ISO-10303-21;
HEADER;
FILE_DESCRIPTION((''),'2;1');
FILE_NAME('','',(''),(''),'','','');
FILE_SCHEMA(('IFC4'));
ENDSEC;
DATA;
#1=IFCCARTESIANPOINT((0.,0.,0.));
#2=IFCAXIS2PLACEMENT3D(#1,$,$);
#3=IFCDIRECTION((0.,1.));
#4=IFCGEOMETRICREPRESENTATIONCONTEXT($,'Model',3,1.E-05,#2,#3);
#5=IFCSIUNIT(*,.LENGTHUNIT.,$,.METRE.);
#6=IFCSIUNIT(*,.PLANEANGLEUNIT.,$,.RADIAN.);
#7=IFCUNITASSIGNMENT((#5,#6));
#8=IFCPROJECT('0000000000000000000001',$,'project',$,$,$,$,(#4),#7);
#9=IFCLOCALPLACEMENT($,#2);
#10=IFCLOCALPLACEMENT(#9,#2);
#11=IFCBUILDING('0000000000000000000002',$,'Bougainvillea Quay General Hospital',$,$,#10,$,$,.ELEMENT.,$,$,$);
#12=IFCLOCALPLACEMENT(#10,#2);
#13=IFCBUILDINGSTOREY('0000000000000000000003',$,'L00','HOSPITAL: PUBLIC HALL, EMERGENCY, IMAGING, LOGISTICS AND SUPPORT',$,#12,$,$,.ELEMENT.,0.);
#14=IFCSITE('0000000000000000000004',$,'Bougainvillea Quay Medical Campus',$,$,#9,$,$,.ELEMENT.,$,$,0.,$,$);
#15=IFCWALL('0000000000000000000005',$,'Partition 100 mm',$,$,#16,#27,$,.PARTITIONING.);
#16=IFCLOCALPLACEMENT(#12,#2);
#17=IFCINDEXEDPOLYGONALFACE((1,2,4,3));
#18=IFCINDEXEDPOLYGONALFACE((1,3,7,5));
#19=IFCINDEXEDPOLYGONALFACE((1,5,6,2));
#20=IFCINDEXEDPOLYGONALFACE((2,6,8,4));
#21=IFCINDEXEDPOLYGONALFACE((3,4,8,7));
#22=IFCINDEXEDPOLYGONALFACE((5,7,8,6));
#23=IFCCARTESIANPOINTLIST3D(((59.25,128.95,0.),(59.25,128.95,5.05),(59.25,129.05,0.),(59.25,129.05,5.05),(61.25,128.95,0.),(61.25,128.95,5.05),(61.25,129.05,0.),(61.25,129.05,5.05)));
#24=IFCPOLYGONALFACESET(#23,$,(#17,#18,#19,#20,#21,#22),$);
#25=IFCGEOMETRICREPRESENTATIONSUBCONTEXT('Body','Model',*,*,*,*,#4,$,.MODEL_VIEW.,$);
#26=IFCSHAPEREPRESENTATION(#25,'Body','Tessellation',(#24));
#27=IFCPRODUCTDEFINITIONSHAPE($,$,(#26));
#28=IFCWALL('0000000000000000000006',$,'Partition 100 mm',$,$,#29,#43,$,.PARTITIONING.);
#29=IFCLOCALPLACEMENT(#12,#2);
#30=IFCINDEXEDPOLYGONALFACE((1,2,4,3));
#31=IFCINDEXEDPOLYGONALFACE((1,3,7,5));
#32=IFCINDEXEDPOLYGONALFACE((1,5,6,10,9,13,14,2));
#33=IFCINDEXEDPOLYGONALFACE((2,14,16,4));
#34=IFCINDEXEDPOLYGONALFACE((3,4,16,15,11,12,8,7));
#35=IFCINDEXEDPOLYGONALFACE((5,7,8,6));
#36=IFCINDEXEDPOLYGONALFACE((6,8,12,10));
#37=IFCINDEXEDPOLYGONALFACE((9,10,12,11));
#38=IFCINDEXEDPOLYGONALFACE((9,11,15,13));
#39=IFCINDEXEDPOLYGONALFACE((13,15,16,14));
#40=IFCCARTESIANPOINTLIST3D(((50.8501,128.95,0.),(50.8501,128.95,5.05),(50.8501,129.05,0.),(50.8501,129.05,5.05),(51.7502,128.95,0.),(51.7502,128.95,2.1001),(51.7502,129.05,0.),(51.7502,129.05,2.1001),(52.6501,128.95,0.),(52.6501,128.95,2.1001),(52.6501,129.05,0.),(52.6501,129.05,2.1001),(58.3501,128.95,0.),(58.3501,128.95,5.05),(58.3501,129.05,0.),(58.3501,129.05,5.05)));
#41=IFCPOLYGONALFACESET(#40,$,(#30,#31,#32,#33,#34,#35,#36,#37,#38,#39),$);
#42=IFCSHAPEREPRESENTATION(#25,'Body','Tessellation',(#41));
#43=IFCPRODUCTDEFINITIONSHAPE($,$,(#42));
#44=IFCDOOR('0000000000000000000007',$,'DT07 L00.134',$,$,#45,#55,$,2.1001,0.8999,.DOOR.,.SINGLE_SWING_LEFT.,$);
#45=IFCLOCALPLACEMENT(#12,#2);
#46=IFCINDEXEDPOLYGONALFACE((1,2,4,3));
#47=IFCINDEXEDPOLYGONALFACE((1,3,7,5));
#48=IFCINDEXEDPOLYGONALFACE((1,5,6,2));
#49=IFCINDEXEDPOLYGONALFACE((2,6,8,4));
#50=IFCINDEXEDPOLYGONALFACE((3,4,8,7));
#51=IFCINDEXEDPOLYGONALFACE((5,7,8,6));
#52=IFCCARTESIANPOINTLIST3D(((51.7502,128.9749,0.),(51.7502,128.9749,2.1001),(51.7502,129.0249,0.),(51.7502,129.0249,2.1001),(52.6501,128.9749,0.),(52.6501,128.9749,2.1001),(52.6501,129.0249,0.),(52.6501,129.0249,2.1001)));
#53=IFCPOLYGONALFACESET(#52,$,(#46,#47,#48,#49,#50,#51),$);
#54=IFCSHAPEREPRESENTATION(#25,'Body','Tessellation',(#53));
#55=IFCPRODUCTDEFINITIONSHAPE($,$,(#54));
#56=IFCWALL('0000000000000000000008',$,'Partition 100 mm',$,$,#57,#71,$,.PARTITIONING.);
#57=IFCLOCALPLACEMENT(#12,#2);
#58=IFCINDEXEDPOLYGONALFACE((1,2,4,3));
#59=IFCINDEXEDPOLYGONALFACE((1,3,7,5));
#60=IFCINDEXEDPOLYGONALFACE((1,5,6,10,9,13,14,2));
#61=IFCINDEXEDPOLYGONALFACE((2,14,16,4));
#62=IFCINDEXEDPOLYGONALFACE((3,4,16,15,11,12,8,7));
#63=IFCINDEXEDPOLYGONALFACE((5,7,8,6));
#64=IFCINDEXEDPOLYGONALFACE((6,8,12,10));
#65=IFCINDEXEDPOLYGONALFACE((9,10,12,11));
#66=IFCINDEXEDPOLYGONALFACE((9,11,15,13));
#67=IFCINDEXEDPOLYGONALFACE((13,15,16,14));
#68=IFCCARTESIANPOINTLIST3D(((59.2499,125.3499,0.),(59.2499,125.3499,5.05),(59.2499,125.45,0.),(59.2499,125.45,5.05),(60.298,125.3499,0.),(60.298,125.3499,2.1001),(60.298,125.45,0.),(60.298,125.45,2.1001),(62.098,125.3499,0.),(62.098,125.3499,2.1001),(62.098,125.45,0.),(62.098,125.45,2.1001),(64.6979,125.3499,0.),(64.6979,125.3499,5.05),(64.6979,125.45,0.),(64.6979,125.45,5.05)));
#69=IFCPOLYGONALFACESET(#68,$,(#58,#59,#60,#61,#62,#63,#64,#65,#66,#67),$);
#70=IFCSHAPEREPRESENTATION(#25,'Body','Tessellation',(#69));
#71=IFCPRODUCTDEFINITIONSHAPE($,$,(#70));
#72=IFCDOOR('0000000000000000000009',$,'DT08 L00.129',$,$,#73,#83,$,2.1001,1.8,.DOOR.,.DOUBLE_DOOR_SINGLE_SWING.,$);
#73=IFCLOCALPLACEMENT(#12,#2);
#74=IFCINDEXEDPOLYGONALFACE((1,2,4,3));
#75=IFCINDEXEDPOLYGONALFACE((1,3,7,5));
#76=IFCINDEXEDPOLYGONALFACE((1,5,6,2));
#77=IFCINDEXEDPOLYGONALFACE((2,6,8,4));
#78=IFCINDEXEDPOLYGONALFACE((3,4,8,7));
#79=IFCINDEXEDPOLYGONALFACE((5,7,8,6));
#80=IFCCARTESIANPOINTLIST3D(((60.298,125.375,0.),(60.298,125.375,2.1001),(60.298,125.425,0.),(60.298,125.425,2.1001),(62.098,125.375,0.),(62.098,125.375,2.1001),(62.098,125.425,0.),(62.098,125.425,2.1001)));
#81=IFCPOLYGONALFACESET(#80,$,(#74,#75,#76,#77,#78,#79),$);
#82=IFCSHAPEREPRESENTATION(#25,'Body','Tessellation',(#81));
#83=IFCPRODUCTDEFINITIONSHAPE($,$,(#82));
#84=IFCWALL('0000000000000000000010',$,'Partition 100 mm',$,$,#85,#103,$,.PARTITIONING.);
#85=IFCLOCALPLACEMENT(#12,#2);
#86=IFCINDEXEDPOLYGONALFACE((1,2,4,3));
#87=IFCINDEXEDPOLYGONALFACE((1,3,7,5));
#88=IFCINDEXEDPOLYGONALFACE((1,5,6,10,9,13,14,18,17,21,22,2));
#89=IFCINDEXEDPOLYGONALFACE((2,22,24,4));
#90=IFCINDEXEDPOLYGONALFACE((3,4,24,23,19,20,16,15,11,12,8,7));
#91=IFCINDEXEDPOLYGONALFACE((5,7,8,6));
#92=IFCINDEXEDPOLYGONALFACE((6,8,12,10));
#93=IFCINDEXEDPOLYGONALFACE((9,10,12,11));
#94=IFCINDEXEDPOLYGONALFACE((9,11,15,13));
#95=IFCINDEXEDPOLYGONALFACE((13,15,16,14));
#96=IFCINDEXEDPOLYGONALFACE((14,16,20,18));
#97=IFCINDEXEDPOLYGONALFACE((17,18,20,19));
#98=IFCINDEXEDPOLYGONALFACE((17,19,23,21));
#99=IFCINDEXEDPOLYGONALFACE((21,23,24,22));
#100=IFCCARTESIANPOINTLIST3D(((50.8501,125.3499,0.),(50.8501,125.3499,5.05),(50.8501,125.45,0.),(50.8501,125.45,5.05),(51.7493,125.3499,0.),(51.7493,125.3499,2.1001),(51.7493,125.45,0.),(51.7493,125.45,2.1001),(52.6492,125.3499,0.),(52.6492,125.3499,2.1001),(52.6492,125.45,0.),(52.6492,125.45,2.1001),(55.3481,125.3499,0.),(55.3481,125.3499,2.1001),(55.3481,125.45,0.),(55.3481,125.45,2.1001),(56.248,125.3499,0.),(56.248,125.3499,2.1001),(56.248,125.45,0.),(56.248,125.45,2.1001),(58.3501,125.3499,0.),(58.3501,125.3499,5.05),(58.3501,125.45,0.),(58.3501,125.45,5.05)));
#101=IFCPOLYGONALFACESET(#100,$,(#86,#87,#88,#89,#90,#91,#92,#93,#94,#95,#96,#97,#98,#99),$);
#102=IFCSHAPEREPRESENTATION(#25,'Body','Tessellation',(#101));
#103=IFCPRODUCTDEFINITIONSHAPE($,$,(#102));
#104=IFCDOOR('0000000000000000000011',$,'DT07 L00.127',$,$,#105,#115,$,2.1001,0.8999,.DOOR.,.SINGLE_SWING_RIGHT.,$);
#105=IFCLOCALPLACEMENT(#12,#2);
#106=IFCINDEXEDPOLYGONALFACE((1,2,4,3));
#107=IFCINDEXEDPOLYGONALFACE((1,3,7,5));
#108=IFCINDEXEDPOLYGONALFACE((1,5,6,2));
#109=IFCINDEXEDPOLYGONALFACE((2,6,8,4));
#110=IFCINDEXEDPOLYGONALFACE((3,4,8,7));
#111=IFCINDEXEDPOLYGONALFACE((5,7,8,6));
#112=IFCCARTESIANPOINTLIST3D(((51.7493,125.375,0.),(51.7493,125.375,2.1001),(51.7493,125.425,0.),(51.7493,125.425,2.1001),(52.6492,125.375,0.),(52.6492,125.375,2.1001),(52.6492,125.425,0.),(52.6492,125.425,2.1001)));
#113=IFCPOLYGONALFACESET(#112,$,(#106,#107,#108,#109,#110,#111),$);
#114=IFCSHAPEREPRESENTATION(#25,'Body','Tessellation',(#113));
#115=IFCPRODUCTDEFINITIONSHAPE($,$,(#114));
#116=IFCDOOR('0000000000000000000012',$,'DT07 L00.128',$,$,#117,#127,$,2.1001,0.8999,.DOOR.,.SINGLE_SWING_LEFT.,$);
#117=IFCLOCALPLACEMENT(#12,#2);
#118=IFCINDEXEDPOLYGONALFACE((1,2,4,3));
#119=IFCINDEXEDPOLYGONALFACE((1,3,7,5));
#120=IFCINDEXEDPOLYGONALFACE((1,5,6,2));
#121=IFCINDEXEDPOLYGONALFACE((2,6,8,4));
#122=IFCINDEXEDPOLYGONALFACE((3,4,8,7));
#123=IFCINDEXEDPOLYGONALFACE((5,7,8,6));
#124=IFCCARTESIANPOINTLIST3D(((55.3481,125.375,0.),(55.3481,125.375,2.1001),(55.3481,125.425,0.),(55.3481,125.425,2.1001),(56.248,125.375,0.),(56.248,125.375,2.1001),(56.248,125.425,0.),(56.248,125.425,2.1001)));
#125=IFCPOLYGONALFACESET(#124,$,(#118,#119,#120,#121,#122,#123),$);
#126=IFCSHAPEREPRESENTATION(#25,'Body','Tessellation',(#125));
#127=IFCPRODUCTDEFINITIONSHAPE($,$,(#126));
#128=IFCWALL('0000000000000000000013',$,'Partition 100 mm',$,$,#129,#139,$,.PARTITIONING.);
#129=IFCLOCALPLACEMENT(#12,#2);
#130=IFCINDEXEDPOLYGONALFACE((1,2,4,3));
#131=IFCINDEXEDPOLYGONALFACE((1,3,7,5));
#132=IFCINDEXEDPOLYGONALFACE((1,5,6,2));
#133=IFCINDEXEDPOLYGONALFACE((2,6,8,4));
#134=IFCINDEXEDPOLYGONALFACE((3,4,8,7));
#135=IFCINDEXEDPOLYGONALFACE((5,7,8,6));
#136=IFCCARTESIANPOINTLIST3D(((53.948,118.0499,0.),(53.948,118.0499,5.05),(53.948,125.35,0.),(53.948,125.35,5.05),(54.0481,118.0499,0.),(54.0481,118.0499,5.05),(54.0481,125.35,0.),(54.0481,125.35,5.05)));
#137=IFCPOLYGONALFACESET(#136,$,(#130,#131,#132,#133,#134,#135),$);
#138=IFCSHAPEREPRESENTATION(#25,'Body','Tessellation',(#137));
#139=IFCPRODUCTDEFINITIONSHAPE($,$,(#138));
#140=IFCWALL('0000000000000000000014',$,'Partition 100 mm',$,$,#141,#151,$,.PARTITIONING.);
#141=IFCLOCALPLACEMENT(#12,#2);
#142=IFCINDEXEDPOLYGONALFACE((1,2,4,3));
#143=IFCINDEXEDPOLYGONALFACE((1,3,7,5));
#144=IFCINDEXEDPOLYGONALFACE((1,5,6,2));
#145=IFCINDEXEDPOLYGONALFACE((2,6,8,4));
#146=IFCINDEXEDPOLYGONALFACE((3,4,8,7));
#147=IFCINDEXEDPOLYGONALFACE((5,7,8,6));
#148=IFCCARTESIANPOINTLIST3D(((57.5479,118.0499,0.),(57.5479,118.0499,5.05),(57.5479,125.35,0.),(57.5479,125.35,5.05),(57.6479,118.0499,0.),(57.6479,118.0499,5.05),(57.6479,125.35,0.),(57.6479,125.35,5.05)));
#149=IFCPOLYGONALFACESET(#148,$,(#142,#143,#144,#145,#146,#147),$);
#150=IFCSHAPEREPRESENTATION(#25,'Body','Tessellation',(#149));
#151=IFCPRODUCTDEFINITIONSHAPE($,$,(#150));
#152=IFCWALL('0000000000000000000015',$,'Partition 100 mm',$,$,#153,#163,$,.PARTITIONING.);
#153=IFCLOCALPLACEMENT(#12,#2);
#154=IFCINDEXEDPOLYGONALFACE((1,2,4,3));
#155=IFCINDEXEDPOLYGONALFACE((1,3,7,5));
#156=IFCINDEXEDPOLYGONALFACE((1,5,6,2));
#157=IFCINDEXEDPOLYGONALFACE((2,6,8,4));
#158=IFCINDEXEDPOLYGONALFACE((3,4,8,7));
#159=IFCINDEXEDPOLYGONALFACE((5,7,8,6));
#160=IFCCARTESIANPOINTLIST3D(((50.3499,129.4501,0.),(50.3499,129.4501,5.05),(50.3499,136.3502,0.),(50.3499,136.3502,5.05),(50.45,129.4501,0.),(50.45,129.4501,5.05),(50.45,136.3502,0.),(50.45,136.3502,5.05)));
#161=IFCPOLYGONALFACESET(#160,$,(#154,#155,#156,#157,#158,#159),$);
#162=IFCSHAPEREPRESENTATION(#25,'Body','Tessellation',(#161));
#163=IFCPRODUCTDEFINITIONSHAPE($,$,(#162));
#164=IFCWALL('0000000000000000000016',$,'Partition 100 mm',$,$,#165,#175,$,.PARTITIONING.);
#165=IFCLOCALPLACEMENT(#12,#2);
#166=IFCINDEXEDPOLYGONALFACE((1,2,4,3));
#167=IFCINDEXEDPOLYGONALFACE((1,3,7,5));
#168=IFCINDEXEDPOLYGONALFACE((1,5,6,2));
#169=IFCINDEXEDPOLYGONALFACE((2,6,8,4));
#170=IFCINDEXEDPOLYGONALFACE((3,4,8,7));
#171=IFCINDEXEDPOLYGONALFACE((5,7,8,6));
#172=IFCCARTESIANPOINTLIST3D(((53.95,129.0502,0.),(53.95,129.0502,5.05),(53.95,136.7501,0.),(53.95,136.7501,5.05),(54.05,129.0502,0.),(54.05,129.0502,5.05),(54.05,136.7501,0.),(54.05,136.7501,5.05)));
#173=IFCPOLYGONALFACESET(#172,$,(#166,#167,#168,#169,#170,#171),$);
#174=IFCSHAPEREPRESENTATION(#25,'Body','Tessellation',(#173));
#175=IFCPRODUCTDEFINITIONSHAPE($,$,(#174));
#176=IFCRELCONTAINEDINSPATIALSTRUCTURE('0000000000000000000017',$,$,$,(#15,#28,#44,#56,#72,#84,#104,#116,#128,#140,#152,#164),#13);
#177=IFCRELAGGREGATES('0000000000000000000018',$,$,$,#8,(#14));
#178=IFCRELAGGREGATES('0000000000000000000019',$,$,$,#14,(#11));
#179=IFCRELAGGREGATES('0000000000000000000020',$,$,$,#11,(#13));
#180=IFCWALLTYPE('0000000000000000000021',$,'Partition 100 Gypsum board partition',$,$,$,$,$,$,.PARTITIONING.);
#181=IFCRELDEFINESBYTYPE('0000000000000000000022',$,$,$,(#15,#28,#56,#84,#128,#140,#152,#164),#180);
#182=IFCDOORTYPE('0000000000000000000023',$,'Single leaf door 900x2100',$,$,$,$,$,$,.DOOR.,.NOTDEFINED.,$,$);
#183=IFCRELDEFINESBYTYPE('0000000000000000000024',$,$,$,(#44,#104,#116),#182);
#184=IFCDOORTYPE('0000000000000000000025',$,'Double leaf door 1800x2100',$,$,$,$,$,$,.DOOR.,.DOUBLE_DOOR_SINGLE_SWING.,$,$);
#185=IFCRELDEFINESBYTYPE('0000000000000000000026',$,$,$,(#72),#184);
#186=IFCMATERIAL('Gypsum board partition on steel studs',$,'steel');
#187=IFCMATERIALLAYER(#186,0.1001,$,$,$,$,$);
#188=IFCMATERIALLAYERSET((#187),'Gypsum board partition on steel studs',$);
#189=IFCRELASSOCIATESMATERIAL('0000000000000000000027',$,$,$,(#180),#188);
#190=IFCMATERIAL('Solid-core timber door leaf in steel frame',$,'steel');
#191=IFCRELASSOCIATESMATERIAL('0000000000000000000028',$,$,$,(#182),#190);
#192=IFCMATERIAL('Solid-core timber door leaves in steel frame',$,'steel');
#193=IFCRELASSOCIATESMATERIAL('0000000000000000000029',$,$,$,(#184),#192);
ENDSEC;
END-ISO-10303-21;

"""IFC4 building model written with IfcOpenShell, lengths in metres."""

from ifc_helpers import new_model, si_unit, direction, frame, frame_2d, origin, place, context, subcontext, project, spatial, rectangle, extrude, material, layer, layer_set, type_object, element, fill, save


model = new_model("IFC4")

# Units and contexts
model_context = context("Model", 3, precision=1e-05, world=origin(), true_north=direction((0.0, 1.0)))
body_context = subcontext(model_context, "Body", "Model", "MODEL_VIEW")
ifc_project = project(units=[si_unit("LENGTHUNIT", "METRE"), si_unit("PLANEANGLEUNIT", "RADIAN")], contexts=[model_context])

# Site, building, storey
site_placement = place(None, origin())
site = spatial("IfcSite", under=ifc_project, at=site_placement, Name="Bougainvillea Quay Medical Campus", CompositionType="ELEMENT", RefElevation=0.0)
building_placement = place(site_placement, origin())
building = spatial("IfcBuilding", under=site, at=building_placement, Name="Bougainvillea Quay General Hospital", CompositionType="ELEMENT")
storey_placement = place(building_placement, origin())
storey = spatial("IfcBuildingStorey", under=building, at=storey_placement, Name="L00", Description="HOSPITAL: PUBLIC HALL, EMERGENCY, IMAGING, LOGISTICS AND SUPPORT", CompositionType="ELEMENT", Elevation=0.0)

# Wall
ifc_material_1 = material(Name="Gypsum board partition on steel studs", Category="steel")
ifc_layer_1 = layer(ifc_material_1, 0.1001)
ifc_layer_set_1 = layer_set([ifc_layer_1], Name="Gypsum board partition on steel studs")
wall_type_1 = type_object("IfcWallType", Name="Partition 100 Gypsum board partition", PredefinedType="PARTITIONING", material=ifc_layer_set_1)
wall_1_placement = place(storey_placement, frame((61.25, 129.0, 0.0), z_axis=(0.0, 0.0, 1.0), x_axis=(-1.0, 0.0, 0.0)))
element("IfcWall", 1, at=wall_1_placement, inside=storey, type_object=wall_type_1, Name="Partition 100 mm", PredefinedType="PARTITIONING", context=body_context, shape_type="SweptSolid", body=[
    extrude(rectangle(XDim=2.0, YDim=0.1001, at=frame_2d((1.0, 0.0))), origin(), (0.0, 0.0, 1.0), 5.05),
])

# Walls, openings, doors
wall_2_placement = place(storey_placement, frame((58.3501, 129.0, 0.0), z_axis=(0.0, 0.0, 1.0), x_axis=(-1.0, 0.0, 0.0)))
wall_2 = element("IfcWall", 2, at=wall_2_placement, inside=storey, type_object=wall_type_1, Name="Partition 100 mm", PredefinedType="PARTITIONING", context=body_context, shape_type="SweptSolid", body=[
    extrude(rectangle(XDim=7.5, YDim=0.1001, at=frame_2d((3.75, 0.0))), origin(), (0.0, 0.0, 1.0), 5.05),
])
opening_1_placement = place(wall_2_placement, frame((5.7, 0.0, 0.0)))
opening_1 = element("IfcOpeningElement", 3, at=opening_1_placement, cuts=wall_2, PredefinedType="OPENING", context=body_context, shape_type="SweptSolid", body=[
    extrude(rectangle(XDim=0.8999, YDim=2.1001, at=frame_2d((0.45, 1.05))), frame((0.0, 0.0601, 0.0), z_axis=(0.0, -1.0, 0.0), x_axis=(1.0, 0.0, 0.0)), (0.0, 0.0, 1.0), 0.1201),
])
ifc_material_2 = material(Name="Solid-core timber door leaf in steel frame", Category="steel")
door_type_1 = type_object("IfcDoorType", Name="Single leaf door 900x2100", OperationType="NOTDEFINED", PredefinedType="DOOR", material=ifc_material_2)
door_1_placement = place(opening_1_placement, frame((0.8999, 0.0, 0.0), z_axis=(0.0, 0.0, 1.0), x_axis=(-1.0, 0.0, 0.0)))
door_1 = element("IfcDoor", 4, at=door_1_placement, inside=storey, type_object=door_type_1, Name="DT07 L00.134", OperationType="SINGLE_SWING_LEFT", OverallHeight=2.1001, OverallWidth=0.8999, PredefinedType="DOOR", context=body_context, shape_type="SweptSolid", body=[
    extrude(rectangle(XDim=0.8999, YDim=2.1001, at=frame_2d((0.45, 1.05))), frame((0.0, 0.0249, 0.0), z_axis=(0.0, -1.0, 0.0), x_axis=(1.0, 0.0, 0.0)), (0.0, 0.0, 1.0), 0.05),
])
fill(opening_1, door_1)
wall_3_placement = place(storey_placement, frame((64.698, 125.3999, 0.0), z_axis=(0.0, 0.0, 1.0), x_axis=(-1.0, 0.0, 0.0)))
wall_3 = element("IfcWall", 5, at=wall_3_placement, inside=storey, type_object=wall_type_1, Name="Partition 100 mm", PredefinedType="PARTITIONING", context=body_context, shape_type="SweptSolid", body=[
    extrude(rectangle(XDim=5.448, YDim=0.1001, at=frame_2d((2.7241, 0.0))), origin(), (0.0, 0.0, 1.0), 5.05),
])
opening_2_placement = place(wall_3_placement, frame((2.6001, 0.0, 0.0)))
opening_2 = element("IfcOpeningElement", 6, at=opening_2_placement, cuts=wall_3, PredefinedType="OPENING", context=body_context, shape_type="SweptSolid", body=[
    extrude(rectangle(XDim=1.8, YDim=2.1001, at=frame_2d((0.8999, 1.05))), frame((0.0, 0.0601, 0.0), z_axis=(0.0, -1.0, 0.0), x_axis=(1.0, 0.0, 0.0)), (0.0, 0.0, 1.0), 0.1201),
])
ifc_material_3 = material(Name="Solid-core timber door leaves in steel frame", Category="steel")
door_type_2 = type_object("IfcDoorType", Name="Double leaf door 1800x2100", OperationType="DOUBLE_DOOR_SINGLE_SWING", PredefinedType="DOOR", material=ifc_material_3)
door_2_placement = place(opening_2_placement, origin())
door_2 = element("IfcDoor", 7, at=door_2_placement, inside=storey, type_object=door_type_2, Name="DT08 L00.129", OperationType="DOUBLE_DOOR_SINGLE_SWING", OverallHeight=2.1001, OverallWidth=1.8, PredefinedType="DOOR", context=body_context, shape_type="SweptSolid", body=[
    extrude(rectangle(XDim=1.8, YDim=2.1001, at=frame_2d((0.8999, 1.05))), frame((0.0, 0.0249, 0.0), z_axis=(0.0, -1.0, 0.0), x_axis=(1.0, 0.0, 0.0)), (0.0, 0.0, 1.0), 0.05),
])
fill(opening_2, door_2)

# Wall, openings, doors
wall_4_placement = place(storey_placement, frame((58.3501, 125.3999, 0.0), z_axis=(0.0, 0.0, 1.0), x_axis=(-1.0, 0.0, 0.0)))
wall_4 = element("IfcWall", 8, at=wall_4_placement, inside=storey, type_object=wall_type_1, Name="Partition 100 mm", PredefinedType="PARTITIONING", context=body_context, shape_type="SweptSolid", body=[
    extrude(rectangle(XDim=7.5, YDim=0.1001, at=frame_2d((3.75, 0.0))), origin(), (0.0, 0.0, 1.0), 5.05),
])
opening_3_placement = place(wall_4_placement, frame((5.7009, 0.0, 0.0)))
opening_3 = element("IfcOpeningElement", 9, at=opening_3_placement, cuts=wall_4, PredefinedType="OPENING", context=body_context, shape_type="SweptSolid", body=[
    extrude(rectangle(XDim=0.8999, YDim=2.1001, at=frame_2d((0.45, 1.05))), frame((0.0, 0.0601, 0.0), z_axis=(0.0, -1.0, 0.0), x_axis=(1.0, 0.0, 0.0)), (0.0, 0.0, 1.0), 0.1201),
])
opening_4_placement = place(wall_4_placement, frame((2.1021, 0.0, 0.0)))
opening_4 = element("IfcOpeningElement", 10, at=opening_4_placement, cuts=wall_4, PredefinedType="OPENING", context=body_context, shape_type="SweptSolid", body=[
    extrude(rectangle(XDim=0.8999, YDim=2.1001, at=frame_2d((0.45, 1.05))), frame((0.0, 0.0601, 0.0), z_axis=(0.0, -1.0, 0.0), x_axis=(1.0, 0.0, 0.0)), (0.0, 0.0, 1.0), 0.1201),
])
door_3_placement = place(opening_3_placement, origin())
door_3 = element("IfcDoor", 11, at=door_3_placement, inside=storey, type_object=door_type_1, Name="DT07 L00.127", OperationType="SINGLE_SWING_RIGHT", OverallHeight=2.1001, OverallWidth=0.8999, PredefinedType="DOOR", context=body_context, shape_type="SweptSolid", body=[
    extrude(rectangle(XDim=0.8999, YDim=2.1001, at=frame_2d((0.45, 1.05))), frame((0.0, 0.0249, 0.0), z_axis=(0.0, -1.0, 0.0), x_axis=(1.0, 0.0, 0.0)), (0.0, 0.0, 1.0), 0.05),
])
fill(opening_3, door_3)
door_4_placement = place(opening_4_placement, origin())
door_4 = element("IfcDoor", 12, at=door_4_placement, inside=storey, type_object=door_type_1, Name="DT07 L00.128", OperationType="SINGLE_SWING_LEFT", OverallHeight=2.1001, OverallWidth=0.8999, PredefinedType="DOOR", context=body_context, shape_type="SweptSolid", body=[
    extrude(rectangle(XDim=0.8999, YDim=2.1001, at=frame_2d((0.45, 1.05))), frame((0.0, 0.0249, 0.0), z_axis=(0.0, -1.0, 0.0), x_axis=(1.0, 0.0, 0.0)), (0.0, 0.0, 1.0), 0.05),
])
fill(opening_4, door_4)

# Walls
for number, where, z_axis, x_axis, name in (
    (13, (53.998, 118.05, 0.0), (0.0, 0.0, 1.0), (0.0, 1.0, 0.0), "Partition 100 mm"),
    (14, (57.5979, 118.05, 0.0), (0.0, 0.0, 1.0), (0.0, 1.0, 0.0), "Partition 100 mm"),
):
    element("IfcWall", number, at=place(storey_placement, frame(where, z_axis=z_axis, x_axis=x_axis)), inside=storey, type_object=wall_type_1, Name=name, PredefinedType="PARTITIONING", context=body_context, shape_type="SweptSolid", body=[
        extrude(rectangle(XDim=7.3, YDim=0.1001, at=frame_2d((3.6499, 0.0))), origin(), (0.0, 0.0, 1.0), 5.05),
    ])
wall_5_placement = place(storey_placement, frame((50.3999, 129.45, 0.0), z_axis=(0.0, 0.0, 1.0), x_axis=(0.0, 1.0, 0.0)))
element("IfcWall", 15, at=wall_5_placement, inside=storey, type_object=wall_type_1, Name="Partition 100 mm", PredefinedType="PARTITIONING", context=body_context, shape_type="SweptSolid", body=[
    extrude(rectangle(XDim=6.9001, YDim=0.1001, at=frame_2d((3.4502, 0.0))), origin(), (0.0, 0.0, 1.0), 5.05),
])
wall_6_placement = place(storey_placement, frame((54.0, 129.05, 0.0), z_axis=(0.0, 0.0, 1.0), x_axis=(0.0, 1.0, 0.0)))
element("IfcWall", 16, at=wall_6_placement, inside=storey, type_object=wall_type_1, Name="Partition 100 mm", PredefinedType="PARTITIONING", context=body_context, shape_type="SweptSolid", body=[
    extrude(rectangle(XDim=7.7, YDim=0.1001, at=frame_2d((3.8501, 0.0))), origin(), (0.0, 0.0, 1.0), 5.05),
])

save(model, "model.ifc")
